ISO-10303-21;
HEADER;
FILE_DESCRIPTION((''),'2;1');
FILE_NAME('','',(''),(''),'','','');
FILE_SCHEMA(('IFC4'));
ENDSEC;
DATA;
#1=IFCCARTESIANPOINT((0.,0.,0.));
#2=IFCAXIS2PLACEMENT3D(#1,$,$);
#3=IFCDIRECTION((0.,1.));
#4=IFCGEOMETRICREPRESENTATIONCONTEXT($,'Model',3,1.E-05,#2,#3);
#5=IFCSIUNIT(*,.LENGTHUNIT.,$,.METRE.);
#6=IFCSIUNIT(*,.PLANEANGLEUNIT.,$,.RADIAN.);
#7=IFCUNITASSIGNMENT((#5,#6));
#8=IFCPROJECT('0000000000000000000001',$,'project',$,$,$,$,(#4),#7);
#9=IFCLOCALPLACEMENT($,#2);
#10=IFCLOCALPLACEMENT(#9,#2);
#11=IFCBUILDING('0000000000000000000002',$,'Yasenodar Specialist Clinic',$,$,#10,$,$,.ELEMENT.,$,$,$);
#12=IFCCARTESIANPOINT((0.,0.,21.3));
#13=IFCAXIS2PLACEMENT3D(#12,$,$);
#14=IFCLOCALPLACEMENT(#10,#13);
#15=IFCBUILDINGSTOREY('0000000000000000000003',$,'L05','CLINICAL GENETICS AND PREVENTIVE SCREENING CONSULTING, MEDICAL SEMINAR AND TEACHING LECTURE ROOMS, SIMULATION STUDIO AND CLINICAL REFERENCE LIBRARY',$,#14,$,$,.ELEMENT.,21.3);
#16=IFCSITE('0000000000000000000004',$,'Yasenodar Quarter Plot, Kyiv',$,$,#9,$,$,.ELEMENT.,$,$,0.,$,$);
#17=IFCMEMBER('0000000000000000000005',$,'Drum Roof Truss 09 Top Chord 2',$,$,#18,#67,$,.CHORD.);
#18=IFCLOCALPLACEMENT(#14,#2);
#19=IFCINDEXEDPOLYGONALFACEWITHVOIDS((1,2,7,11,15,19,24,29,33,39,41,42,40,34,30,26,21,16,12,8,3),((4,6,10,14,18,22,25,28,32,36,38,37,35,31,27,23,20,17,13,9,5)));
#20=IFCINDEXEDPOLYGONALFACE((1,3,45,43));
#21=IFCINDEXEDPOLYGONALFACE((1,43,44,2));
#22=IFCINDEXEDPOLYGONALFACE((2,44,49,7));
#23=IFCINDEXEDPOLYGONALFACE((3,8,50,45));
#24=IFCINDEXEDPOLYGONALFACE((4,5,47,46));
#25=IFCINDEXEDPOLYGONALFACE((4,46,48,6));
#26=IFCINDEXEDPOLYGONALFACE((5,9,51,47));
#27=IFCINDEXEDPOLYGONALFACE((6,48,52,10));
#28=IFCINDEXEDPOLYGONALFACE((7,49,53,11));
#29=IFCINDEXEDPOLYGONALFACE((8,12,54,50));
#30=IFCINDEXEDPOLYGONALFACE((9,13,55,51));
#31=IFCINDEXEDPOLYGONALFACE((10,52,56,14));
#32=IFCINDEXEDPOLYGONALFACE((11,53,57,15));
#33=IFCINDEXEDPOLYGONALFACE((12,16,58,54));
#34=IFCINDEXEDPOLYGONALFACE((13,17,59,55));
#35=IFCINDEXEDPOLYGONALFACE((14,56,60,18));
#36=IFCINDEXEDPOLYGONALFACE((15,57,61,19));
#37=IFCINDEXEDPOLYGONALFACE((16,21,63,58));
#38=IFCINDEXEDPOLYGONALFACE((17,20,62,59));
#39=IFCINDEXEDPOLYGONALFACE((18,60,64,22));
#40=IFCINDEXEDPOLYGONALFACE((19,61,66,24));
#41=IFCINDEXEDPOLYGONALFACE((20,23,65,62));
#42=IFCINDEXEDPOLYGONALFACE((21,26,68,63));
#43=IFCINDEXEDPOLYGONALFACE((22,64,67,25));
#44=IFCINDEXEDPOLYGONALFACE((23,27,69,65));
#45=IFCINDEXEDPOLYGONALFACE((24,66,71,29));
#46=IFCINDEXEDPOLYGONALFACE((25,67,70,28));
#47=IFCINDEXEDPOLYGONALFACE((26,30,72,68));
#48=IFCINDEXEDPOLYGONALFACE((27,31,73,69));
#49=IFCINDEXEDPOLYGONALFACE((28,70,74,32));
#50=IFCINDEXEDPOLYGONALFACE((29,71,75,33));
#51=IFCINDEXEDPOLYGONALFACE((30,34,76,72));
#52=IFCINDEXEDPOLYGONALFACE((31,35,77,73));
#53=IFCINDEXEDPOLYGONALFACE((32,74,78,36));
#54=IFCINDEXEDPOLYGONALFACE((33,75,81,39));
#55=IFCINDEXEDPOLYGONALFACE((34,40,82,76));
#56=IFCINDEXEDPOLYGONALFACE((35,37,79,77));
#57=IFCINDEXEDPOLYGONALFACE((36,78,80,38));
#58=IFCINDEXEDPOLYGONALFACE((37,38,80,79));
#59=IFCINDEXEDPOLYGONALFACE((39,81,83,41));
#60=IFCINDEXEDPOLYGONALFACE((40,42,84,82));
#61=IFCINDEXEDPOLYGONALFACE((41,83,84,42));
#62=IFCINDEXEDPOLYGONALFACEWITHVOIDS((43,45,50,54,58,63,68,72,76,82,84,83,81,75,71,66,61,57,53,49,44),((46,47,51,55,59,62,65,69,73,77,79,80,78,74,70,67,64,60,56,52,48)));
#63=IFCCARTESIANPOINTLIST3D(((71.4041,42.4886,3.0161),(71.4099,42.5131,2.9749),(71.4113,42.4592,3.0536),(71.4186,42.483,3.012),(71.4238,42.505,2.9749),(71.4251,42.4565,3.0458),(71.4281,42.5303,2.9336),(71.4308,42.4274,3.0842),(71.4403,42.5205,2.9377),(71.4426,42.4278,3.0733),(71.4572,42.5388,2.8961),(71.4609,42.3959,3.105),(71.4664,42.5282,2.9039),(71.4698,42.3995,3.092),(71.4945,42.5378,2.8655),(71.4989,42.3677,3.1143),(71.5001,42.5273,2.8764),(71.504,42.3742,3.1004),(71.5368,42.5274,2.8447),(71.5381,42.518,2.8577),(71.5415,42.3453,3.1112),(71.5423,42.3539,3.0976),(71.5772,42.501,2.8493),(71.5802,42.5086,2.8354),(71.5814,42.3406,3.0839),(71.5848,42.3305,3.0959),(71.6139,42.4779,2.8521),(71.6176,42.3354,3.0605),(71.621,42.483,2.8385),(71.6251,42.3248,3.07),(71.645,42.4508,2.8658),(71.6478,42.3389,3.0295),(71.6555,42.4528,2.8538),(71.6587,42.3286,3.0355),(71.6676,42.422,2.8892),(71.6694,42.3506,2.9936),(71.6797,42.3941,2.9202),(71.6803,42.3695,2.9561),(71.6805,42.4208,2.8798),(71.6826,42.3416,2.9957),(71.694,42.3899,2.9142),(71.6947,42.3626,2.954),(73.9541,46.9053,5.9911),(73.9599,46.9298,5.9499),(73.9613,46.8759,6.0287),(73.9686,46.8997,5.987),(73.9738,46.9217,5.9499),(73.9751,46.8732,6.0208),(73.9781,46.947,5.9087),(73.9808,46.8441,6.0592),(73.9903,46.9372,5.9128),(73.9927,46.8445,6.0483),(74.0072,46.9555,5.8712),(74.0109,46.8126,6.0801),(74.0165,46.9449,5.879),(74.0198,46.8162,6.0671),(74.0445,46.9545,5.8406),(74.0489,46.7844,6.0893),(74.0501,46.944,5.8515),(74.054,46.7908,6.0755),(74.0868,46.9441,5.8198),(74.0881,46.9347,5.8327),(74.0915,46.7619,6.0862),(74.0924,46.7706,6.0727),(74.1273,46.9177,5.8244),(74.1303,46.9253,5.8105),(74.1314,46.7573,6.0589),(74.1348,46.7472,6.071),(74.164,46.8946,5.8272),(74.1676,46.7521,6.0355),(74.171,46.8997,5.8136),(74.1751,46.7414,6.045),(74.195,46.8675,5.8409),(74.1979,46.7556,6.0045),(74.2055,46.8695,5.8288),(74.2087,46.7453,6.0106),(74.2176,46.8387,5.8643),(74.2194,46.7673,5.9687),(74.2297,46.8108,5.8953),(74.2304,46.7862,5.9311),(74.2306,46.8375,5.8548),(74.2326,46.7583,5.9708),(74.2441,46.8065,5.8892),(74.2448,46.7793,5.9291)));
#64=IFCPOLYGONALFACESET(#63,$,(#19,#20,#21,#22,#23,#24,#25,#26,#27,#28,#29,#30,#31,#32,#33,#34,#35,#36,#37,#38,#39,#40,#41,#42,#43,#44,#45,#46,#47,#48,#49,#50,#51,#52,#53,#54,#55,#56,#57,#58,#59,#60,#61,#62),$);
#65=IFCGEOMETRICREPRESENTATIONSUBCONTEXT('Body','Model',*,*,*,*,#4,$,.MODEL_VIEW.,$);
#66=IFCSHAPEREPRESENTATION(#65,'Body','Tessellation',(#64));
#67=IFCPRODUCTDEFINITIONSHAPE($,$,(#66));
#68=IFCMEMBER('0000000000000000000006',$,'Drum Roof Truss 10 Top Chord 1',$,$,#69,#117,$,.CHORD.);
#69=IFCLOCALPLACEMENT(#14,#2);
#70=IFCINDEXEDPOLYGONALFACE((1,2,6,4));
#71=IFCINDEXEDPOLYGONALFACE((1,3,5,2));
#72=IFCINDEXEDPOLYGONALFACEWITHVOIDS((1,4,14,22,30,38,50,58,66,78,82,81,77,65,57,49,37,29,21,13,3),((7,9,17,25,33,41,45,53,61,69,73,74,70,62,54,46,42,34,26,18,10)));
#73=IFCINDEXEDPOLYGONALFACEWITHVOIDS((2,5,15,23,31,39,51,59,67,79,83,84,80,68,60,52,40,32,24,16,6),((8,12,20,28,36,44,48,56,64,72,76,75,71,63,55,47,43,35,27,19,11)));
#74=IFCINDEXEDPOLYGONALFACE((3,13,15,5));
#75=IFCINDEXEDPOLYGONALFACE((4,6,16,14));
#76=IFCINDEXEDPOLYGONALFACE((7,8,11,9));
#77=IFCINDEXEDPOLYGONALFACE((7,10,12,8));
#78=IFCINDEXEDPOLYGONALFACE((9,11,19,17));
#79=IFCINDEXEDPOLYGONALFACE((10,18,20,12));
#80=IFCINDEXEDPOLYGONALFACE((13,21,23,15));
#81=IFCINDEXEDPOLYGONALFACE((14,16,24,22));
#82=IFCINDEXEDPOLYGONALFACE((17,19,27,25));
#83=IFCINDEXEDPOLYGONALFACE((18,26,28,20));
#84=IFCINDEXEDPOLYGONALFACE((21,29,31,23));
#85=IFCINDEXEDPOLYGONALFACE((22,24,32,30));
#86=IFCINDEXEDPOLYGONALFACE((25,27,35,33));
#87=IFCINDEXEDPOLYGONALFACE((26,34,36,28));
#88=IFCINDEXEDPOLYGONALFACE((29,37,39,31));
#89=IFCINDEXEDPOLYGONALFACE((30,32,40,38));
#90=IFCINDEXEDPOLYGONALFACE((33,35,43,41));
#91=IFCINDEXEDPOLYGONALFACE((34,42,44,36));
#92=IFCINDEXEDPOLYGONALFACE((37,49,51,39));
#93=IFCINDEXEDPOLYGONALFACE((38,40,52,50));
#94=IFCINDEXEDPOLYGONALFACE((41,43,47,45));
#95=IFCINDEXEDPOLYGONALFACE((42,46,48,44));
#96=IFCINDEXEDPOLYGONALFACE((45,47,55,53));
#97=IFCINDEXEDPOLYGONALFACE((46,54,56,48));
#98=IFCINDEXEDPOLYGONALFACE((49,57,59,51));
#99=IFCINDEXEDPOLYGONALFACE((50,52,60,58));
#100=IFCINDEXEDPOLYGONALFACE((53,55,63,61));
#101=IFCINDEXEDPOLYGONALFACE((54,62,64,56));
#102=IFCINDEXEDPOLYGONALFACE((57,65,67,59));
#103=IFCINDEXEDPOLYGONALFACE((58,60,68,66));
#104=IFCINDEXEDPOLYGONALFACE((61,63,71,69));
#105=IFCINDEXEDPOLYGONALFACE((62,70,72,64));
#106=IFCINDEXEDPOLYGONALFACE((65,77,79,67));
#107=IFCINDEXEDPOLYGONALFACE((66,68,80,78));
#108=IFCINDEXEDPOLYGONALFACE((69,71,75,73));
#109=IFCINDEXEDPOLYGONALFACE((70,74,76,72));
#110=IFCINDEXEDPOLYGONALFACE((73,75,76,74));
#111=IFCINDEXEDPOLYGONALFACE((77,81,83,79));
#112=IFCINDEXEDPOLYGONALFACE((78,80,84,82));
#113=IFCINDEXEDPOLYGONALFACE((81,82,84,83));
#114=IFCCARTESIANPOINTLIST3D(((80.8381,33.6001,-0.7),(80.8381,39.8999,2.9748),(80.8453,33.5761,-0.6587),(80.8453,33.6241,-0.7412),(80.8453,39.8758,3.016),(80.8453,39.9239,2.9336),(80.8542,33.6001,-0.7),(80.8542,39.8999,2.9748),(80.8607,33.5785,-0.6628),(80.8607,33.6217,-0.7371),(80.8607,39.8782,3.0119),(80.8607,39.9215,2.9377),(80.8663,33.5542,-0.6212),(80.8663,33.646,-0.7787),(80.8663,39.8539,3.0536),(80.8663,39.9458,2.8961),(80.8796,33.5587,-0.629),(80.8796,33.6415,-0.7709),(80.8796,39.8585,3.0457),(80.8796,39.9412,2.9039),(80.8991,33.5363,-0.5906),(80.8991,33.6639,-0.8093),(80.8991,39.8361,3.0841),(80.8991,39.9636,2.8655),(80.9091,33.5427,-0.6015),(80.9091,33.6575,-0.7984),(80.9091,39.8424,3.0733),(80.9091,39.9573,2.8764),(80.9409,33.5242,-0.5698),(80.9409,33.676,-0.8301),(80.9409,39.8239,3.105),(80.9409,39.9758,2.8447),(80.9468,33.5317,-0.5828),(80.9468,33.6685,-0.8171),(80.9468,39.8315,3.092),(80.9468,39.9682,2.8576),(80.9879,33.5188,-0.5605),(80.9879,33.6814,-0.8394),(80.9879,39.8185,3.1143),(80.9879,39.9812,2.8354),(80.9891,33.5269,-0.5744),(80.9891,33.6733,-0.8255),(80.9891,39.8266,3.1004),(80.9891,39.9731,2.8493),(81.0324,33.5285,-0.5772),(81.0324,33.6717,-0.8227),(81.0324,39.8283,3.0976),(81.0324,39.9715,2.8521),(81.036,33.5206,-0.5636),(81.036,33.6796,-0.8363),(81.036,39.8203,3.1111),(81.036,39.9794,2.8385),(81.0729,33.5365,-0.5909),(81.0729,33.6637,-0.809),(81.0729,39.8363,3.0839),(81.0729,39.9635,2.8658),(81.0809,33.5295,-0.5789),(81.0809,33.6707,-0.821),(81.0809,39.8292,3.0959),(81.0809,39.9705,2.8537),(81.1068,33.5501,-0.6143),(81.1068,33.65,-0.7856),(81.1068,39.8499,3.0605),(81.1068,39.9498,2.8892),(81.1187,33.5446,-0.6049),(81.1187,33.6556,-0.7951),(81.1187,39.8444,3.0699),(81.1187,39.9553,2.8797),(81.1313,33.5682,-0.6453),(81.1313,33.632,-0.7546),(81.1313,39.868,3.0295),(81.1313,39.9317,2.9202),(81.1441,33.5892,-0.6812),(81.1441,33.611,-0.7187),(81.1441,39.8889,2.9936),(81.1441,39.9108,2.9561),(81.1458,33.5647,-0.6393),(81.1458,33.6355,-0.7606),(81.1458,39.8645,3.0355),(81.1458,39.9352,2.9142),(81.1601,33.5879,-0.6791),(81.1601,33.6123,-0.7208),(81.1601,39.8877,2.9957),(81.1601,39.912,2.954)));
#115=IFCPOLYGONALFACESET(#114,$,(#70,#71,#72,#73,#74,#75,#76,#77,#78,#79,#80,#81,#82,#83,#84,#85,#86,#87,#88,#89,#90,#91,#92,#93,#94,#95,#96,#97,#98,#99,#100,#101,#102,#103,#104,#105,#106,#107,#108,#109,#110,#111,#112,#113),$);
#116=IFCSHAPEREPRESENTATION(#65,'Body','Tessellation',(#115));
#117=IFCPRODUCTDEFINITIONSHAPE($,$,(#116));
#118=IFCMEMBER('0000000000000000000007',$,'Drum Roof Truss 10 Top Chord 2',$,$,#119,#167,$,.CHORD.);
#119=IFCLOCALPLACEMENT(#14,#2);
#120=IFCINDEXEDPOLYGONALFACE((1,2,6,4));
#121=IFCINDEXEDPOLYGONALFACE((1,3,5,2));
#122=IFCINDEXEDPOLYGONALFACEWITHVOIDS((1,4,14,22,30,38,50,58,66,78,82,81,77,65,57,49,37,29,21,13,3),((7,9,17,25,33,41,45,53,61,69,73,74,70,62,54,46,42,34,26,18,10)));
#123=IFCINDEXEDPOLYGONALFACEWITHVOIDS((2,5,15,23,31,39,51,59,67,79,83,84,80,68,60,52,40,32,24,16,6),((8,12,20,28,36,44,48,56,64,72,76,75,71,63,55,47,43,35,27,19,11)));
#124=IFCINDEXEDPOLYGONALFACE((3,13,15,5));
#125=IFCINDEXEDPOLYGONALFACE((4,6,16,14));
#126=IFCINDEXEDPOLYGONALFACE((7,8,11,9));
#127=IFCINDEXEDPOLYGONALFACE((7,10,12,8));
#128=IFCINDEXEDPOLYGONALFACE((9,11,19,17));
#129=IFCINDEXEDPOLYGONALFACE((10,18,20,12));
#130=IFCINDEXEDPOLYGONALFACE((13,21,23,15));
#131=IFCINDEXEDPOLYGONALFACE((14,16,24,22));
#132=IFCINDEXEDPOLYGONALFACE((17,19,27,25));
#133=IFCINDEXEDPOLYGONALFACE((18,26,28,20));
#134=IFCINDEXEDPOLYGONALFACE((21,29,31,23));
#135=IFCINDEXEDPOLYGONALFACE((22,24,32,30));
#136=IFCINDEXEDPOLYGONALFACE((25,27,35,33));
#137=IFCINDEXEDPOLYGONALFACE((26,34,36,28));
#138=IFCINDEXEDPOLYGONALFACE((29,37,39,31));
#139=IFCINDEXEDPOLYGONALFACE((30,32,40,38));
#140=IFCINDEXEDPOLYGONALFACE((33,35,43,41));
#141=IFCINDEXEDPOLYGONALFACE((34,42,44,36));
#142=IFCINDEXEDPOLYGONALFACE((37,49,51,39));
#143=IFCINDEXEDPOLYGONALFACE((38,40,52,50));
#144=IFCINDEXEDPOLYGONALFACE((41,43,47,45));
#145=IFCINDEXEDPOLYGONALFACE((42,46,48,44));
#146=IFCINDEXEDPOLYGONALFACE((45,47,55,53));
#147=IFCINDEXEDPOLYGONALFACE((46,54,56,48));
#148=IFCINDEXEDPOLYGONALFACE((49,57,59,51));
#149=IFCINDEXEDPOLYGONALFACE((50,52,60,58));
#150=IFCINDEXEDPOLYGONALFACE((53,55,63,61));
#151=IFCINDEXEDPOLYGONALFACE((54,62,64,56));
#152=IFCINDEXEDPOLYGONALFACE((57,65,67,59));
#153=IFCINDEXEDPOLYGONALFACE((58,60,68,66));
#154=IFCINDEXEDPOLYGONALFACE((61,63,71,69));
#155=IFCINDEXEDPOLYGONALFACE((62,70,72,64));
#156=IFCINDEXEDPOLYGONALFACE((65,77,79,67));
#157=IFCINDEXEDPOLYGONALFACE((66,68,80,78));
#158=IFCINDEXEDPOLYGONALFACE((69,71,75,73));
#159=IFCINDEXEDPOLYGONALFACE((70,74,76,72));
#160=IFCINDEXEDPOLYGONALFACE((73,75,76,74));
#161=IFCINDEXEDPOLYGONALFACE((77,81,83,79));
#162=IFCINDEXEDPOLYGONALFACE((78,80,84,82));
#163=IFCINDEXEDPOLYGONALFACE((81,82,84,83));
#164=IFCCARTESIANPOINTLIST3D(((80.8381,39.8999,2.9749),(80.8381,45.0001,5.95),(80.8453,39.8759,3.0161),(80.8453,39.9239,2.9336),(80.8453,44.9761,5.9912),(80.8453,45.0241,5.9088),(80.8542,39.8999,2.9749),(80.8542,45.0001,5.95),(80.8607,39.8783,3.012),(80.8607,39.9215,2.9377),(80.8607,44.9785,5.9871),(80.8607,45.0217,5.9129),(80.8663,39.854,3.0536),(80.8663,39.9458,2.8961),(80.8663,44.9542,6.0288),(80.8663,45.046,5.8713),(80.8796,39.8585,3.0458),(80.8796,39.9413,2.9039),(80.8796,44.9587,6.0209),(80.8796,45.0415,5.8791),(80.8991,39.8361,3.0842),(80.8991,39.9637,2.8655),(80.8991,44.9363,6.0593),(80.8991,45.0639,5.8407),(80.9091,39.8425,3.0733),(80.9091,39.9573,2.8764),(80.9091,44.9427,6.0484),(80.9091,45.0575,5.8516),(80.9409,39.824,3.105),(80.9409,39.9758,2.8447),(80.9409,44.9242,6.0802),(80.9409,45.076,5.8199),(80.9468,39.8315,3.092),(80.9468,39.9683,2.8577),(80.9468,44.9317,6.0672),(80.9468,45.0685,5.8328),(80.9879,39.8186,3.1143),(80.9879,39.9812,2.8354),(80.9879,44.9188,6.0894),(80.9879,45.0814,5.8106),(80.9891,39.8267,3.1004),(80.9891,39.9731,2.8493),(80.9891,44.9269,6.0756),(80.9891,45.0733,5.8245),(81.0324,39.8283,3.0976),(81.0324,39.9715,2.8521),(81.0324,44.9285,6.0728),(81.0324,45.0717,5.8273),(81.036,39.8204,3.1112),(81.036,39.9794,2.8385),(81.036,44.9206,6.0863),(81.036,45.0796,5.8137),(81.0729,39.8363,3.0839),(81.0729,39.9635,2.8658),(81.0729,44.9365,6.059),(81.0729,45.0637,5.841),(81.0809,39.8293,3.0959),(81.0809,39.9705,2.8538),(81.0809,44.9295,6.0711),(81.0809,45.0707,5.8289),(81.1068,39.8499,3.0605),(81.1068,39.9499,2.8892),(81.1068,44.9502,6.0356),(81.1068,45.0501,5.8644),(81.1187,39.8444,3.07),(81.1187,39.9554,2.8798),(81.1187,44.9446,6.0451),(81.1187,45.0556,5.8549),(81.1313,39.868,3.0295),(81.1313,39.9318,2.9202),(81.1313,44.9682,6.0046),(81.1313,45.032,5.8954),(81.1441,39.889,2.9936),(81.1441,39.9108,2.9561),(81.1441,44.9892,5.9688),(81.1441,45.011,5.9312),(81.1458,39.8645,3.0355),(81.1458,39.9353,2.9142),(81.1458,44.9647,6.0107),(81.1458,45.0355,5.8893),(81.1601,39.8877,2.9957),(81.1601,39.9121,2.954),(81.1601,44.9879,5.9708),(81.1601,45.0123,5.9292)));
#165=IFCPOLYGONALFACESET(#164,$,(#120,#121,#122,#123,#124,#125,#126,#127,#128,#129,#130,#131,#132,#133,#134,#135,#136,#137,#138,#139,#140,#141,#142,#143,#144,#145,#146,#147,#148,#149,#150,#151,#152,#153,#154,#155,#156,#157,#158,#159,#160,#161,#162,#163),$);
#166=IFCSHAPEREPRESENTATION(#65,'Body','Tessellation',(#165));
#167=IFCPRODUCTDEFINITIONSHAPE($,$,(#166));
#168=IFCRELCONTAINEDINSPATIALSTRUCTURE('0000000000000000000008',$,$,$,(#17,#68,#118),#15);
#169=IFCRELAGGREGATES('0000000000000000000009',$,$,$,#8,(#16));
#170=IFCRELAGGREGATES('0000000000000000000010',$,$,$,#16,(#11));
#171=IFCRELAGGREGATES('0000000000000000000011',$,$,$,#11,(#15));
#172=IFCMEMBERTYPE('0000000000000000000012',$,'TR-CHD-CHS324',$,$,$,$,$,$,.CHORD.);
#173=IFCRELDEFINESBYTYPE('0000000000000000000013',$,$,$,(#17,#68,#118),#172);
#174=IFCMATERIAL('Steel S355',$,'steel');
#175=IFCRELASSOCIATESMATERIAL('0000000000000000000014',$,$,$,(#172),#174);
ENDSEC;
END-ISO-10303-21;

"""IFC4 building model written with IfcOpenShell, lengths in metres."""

from ifc_helpers import new_model, si_unit, direction, frame, origin, origin_2d, place, context, subcontext, project, spatial, hollow_circle, extrude, material, material_profile, profile_set, type_object, element, save


model = new_model("IFC4")

# Units and contexts
model_context = context("Model", 3, precision=1e-05, world=origin(), true_north=direction((0.0, 1.0)))
body_context = subcontext(model_context, "Body", "Model", "MODEL_VIEW")
ifc_project = project(units=[si_unit("LENGTHUNIT", "METRE"), si_unit("PLANEANGLEUNIT", "RADIAN")], contexts=[model_context])

# Site, building, storey
site_placement = place(None, origin())
site = spatial("IfcSite", under=ifc_project, at=site_placement, Name="Yasenodar Quarter Plot, Kyiv", CompositionType="ELEMENT", RefElevation=0.0)
building_placement = place(site_placement, origin())
building = spatial("IfcBuilding", under=site, at=building_placement, Name="Yasenodar Specialist Clinic", CompositionType="ELEMENT")
storey_placement = place(building_placement, frame((0.0, 0.0, 21.3)))
storey = spatial("IfcBuildingStorey", under=building, at=storey_placement, Name="L05", Description="CLINICAL GENETICS AND PREVENTIVE SCREENING CONSULTING, MEDICAL SEMINAR AND TEACHING LECTURE ROOMS, SIMULATION STUDIO AND CLINICAL REFERENCE LIBRARY", CompositionType="ELEMENT", Elevation=21.3)

# Members
ifc_material = material(Name="Steel S355", Category="steel")
ifc_material_profile_1 = material_profile(ifc_material, hollow_circle(Radius=0.1619, WallThickness=0.0161, at=origin_2d()), Name="CHS 323.9x16")
ifc_profile_set_1 = profile_set([ifc_material_profile_1], Name="Steel S355")
member_type_1 = type_object("IfcMemberType", Name="TR-CHD-CHS324", PredefinedType="CHORD", material=ifc_profile_set_1)
member_1_placement = place(storey_placement, frame((71.55, 42.4321, 2.9749), z_axis=(0.431892, 0.748047, 0.50388), x_axis=(-0.866022, 0.500006, 0.0)))
element("IfcMember", 1, at=member_1_placement, inside=storey, type_object=member_type_1, Name="Drum Roof Truss 09 Top Chord 2", PredefinedType="CHORD", context=body_context, shape_type="SweptSolid", body=[
    extrude(hollow_circle(Radius=0.1619, WallThickness=0.0161, at=origin_2d()), origin(), (0.0, 0.0, 1.0), 5.9043),
])
member_2_placement = place(storey_placement, frame((81.0, 33.6001, -0.7), z_axis=(0.0, 0.863784, 0.503863), x_axis=(-1.0, 0.0, 0.0)))
element("IfcMember", 2, at=member_2_placement, inside=storey, type_object=member_type_1, Name="Drum Roof Truss 10 Top Chord 1", PredefinedType="CHORD", context=body_context, shape_type="SweptSolid", body=[
    extrude(hollow_circle(Radius=0.1619, WallThickness=0.0161, at=origin_2d()), origin(), (0.0, 0.0, 1.0), 7.2932),
])
member_3_placement = place(storey_placement, frame((81.0, 39.8999, 2.9749), z_axis=(0.0, 0.863776, 0.503876), x_axis=(-1.0, 0.0, 0.0)))
element("IfcMember", 3, at=member_3_placement, inside=storey, type_object=member_type_1, Name="Drum Roof Truss 10 Top Chord 2", PredefinedType="CHORD", context=body_context, shape_type="SweptSolid", body=[
    extrude(hollow_circle(Radius=0.1619, WallThickness=0.0161, at=origin_2d()), origin(), (0.0, 0.0, 1.0), 5.9045),
])

save(model, "model.ifc")
